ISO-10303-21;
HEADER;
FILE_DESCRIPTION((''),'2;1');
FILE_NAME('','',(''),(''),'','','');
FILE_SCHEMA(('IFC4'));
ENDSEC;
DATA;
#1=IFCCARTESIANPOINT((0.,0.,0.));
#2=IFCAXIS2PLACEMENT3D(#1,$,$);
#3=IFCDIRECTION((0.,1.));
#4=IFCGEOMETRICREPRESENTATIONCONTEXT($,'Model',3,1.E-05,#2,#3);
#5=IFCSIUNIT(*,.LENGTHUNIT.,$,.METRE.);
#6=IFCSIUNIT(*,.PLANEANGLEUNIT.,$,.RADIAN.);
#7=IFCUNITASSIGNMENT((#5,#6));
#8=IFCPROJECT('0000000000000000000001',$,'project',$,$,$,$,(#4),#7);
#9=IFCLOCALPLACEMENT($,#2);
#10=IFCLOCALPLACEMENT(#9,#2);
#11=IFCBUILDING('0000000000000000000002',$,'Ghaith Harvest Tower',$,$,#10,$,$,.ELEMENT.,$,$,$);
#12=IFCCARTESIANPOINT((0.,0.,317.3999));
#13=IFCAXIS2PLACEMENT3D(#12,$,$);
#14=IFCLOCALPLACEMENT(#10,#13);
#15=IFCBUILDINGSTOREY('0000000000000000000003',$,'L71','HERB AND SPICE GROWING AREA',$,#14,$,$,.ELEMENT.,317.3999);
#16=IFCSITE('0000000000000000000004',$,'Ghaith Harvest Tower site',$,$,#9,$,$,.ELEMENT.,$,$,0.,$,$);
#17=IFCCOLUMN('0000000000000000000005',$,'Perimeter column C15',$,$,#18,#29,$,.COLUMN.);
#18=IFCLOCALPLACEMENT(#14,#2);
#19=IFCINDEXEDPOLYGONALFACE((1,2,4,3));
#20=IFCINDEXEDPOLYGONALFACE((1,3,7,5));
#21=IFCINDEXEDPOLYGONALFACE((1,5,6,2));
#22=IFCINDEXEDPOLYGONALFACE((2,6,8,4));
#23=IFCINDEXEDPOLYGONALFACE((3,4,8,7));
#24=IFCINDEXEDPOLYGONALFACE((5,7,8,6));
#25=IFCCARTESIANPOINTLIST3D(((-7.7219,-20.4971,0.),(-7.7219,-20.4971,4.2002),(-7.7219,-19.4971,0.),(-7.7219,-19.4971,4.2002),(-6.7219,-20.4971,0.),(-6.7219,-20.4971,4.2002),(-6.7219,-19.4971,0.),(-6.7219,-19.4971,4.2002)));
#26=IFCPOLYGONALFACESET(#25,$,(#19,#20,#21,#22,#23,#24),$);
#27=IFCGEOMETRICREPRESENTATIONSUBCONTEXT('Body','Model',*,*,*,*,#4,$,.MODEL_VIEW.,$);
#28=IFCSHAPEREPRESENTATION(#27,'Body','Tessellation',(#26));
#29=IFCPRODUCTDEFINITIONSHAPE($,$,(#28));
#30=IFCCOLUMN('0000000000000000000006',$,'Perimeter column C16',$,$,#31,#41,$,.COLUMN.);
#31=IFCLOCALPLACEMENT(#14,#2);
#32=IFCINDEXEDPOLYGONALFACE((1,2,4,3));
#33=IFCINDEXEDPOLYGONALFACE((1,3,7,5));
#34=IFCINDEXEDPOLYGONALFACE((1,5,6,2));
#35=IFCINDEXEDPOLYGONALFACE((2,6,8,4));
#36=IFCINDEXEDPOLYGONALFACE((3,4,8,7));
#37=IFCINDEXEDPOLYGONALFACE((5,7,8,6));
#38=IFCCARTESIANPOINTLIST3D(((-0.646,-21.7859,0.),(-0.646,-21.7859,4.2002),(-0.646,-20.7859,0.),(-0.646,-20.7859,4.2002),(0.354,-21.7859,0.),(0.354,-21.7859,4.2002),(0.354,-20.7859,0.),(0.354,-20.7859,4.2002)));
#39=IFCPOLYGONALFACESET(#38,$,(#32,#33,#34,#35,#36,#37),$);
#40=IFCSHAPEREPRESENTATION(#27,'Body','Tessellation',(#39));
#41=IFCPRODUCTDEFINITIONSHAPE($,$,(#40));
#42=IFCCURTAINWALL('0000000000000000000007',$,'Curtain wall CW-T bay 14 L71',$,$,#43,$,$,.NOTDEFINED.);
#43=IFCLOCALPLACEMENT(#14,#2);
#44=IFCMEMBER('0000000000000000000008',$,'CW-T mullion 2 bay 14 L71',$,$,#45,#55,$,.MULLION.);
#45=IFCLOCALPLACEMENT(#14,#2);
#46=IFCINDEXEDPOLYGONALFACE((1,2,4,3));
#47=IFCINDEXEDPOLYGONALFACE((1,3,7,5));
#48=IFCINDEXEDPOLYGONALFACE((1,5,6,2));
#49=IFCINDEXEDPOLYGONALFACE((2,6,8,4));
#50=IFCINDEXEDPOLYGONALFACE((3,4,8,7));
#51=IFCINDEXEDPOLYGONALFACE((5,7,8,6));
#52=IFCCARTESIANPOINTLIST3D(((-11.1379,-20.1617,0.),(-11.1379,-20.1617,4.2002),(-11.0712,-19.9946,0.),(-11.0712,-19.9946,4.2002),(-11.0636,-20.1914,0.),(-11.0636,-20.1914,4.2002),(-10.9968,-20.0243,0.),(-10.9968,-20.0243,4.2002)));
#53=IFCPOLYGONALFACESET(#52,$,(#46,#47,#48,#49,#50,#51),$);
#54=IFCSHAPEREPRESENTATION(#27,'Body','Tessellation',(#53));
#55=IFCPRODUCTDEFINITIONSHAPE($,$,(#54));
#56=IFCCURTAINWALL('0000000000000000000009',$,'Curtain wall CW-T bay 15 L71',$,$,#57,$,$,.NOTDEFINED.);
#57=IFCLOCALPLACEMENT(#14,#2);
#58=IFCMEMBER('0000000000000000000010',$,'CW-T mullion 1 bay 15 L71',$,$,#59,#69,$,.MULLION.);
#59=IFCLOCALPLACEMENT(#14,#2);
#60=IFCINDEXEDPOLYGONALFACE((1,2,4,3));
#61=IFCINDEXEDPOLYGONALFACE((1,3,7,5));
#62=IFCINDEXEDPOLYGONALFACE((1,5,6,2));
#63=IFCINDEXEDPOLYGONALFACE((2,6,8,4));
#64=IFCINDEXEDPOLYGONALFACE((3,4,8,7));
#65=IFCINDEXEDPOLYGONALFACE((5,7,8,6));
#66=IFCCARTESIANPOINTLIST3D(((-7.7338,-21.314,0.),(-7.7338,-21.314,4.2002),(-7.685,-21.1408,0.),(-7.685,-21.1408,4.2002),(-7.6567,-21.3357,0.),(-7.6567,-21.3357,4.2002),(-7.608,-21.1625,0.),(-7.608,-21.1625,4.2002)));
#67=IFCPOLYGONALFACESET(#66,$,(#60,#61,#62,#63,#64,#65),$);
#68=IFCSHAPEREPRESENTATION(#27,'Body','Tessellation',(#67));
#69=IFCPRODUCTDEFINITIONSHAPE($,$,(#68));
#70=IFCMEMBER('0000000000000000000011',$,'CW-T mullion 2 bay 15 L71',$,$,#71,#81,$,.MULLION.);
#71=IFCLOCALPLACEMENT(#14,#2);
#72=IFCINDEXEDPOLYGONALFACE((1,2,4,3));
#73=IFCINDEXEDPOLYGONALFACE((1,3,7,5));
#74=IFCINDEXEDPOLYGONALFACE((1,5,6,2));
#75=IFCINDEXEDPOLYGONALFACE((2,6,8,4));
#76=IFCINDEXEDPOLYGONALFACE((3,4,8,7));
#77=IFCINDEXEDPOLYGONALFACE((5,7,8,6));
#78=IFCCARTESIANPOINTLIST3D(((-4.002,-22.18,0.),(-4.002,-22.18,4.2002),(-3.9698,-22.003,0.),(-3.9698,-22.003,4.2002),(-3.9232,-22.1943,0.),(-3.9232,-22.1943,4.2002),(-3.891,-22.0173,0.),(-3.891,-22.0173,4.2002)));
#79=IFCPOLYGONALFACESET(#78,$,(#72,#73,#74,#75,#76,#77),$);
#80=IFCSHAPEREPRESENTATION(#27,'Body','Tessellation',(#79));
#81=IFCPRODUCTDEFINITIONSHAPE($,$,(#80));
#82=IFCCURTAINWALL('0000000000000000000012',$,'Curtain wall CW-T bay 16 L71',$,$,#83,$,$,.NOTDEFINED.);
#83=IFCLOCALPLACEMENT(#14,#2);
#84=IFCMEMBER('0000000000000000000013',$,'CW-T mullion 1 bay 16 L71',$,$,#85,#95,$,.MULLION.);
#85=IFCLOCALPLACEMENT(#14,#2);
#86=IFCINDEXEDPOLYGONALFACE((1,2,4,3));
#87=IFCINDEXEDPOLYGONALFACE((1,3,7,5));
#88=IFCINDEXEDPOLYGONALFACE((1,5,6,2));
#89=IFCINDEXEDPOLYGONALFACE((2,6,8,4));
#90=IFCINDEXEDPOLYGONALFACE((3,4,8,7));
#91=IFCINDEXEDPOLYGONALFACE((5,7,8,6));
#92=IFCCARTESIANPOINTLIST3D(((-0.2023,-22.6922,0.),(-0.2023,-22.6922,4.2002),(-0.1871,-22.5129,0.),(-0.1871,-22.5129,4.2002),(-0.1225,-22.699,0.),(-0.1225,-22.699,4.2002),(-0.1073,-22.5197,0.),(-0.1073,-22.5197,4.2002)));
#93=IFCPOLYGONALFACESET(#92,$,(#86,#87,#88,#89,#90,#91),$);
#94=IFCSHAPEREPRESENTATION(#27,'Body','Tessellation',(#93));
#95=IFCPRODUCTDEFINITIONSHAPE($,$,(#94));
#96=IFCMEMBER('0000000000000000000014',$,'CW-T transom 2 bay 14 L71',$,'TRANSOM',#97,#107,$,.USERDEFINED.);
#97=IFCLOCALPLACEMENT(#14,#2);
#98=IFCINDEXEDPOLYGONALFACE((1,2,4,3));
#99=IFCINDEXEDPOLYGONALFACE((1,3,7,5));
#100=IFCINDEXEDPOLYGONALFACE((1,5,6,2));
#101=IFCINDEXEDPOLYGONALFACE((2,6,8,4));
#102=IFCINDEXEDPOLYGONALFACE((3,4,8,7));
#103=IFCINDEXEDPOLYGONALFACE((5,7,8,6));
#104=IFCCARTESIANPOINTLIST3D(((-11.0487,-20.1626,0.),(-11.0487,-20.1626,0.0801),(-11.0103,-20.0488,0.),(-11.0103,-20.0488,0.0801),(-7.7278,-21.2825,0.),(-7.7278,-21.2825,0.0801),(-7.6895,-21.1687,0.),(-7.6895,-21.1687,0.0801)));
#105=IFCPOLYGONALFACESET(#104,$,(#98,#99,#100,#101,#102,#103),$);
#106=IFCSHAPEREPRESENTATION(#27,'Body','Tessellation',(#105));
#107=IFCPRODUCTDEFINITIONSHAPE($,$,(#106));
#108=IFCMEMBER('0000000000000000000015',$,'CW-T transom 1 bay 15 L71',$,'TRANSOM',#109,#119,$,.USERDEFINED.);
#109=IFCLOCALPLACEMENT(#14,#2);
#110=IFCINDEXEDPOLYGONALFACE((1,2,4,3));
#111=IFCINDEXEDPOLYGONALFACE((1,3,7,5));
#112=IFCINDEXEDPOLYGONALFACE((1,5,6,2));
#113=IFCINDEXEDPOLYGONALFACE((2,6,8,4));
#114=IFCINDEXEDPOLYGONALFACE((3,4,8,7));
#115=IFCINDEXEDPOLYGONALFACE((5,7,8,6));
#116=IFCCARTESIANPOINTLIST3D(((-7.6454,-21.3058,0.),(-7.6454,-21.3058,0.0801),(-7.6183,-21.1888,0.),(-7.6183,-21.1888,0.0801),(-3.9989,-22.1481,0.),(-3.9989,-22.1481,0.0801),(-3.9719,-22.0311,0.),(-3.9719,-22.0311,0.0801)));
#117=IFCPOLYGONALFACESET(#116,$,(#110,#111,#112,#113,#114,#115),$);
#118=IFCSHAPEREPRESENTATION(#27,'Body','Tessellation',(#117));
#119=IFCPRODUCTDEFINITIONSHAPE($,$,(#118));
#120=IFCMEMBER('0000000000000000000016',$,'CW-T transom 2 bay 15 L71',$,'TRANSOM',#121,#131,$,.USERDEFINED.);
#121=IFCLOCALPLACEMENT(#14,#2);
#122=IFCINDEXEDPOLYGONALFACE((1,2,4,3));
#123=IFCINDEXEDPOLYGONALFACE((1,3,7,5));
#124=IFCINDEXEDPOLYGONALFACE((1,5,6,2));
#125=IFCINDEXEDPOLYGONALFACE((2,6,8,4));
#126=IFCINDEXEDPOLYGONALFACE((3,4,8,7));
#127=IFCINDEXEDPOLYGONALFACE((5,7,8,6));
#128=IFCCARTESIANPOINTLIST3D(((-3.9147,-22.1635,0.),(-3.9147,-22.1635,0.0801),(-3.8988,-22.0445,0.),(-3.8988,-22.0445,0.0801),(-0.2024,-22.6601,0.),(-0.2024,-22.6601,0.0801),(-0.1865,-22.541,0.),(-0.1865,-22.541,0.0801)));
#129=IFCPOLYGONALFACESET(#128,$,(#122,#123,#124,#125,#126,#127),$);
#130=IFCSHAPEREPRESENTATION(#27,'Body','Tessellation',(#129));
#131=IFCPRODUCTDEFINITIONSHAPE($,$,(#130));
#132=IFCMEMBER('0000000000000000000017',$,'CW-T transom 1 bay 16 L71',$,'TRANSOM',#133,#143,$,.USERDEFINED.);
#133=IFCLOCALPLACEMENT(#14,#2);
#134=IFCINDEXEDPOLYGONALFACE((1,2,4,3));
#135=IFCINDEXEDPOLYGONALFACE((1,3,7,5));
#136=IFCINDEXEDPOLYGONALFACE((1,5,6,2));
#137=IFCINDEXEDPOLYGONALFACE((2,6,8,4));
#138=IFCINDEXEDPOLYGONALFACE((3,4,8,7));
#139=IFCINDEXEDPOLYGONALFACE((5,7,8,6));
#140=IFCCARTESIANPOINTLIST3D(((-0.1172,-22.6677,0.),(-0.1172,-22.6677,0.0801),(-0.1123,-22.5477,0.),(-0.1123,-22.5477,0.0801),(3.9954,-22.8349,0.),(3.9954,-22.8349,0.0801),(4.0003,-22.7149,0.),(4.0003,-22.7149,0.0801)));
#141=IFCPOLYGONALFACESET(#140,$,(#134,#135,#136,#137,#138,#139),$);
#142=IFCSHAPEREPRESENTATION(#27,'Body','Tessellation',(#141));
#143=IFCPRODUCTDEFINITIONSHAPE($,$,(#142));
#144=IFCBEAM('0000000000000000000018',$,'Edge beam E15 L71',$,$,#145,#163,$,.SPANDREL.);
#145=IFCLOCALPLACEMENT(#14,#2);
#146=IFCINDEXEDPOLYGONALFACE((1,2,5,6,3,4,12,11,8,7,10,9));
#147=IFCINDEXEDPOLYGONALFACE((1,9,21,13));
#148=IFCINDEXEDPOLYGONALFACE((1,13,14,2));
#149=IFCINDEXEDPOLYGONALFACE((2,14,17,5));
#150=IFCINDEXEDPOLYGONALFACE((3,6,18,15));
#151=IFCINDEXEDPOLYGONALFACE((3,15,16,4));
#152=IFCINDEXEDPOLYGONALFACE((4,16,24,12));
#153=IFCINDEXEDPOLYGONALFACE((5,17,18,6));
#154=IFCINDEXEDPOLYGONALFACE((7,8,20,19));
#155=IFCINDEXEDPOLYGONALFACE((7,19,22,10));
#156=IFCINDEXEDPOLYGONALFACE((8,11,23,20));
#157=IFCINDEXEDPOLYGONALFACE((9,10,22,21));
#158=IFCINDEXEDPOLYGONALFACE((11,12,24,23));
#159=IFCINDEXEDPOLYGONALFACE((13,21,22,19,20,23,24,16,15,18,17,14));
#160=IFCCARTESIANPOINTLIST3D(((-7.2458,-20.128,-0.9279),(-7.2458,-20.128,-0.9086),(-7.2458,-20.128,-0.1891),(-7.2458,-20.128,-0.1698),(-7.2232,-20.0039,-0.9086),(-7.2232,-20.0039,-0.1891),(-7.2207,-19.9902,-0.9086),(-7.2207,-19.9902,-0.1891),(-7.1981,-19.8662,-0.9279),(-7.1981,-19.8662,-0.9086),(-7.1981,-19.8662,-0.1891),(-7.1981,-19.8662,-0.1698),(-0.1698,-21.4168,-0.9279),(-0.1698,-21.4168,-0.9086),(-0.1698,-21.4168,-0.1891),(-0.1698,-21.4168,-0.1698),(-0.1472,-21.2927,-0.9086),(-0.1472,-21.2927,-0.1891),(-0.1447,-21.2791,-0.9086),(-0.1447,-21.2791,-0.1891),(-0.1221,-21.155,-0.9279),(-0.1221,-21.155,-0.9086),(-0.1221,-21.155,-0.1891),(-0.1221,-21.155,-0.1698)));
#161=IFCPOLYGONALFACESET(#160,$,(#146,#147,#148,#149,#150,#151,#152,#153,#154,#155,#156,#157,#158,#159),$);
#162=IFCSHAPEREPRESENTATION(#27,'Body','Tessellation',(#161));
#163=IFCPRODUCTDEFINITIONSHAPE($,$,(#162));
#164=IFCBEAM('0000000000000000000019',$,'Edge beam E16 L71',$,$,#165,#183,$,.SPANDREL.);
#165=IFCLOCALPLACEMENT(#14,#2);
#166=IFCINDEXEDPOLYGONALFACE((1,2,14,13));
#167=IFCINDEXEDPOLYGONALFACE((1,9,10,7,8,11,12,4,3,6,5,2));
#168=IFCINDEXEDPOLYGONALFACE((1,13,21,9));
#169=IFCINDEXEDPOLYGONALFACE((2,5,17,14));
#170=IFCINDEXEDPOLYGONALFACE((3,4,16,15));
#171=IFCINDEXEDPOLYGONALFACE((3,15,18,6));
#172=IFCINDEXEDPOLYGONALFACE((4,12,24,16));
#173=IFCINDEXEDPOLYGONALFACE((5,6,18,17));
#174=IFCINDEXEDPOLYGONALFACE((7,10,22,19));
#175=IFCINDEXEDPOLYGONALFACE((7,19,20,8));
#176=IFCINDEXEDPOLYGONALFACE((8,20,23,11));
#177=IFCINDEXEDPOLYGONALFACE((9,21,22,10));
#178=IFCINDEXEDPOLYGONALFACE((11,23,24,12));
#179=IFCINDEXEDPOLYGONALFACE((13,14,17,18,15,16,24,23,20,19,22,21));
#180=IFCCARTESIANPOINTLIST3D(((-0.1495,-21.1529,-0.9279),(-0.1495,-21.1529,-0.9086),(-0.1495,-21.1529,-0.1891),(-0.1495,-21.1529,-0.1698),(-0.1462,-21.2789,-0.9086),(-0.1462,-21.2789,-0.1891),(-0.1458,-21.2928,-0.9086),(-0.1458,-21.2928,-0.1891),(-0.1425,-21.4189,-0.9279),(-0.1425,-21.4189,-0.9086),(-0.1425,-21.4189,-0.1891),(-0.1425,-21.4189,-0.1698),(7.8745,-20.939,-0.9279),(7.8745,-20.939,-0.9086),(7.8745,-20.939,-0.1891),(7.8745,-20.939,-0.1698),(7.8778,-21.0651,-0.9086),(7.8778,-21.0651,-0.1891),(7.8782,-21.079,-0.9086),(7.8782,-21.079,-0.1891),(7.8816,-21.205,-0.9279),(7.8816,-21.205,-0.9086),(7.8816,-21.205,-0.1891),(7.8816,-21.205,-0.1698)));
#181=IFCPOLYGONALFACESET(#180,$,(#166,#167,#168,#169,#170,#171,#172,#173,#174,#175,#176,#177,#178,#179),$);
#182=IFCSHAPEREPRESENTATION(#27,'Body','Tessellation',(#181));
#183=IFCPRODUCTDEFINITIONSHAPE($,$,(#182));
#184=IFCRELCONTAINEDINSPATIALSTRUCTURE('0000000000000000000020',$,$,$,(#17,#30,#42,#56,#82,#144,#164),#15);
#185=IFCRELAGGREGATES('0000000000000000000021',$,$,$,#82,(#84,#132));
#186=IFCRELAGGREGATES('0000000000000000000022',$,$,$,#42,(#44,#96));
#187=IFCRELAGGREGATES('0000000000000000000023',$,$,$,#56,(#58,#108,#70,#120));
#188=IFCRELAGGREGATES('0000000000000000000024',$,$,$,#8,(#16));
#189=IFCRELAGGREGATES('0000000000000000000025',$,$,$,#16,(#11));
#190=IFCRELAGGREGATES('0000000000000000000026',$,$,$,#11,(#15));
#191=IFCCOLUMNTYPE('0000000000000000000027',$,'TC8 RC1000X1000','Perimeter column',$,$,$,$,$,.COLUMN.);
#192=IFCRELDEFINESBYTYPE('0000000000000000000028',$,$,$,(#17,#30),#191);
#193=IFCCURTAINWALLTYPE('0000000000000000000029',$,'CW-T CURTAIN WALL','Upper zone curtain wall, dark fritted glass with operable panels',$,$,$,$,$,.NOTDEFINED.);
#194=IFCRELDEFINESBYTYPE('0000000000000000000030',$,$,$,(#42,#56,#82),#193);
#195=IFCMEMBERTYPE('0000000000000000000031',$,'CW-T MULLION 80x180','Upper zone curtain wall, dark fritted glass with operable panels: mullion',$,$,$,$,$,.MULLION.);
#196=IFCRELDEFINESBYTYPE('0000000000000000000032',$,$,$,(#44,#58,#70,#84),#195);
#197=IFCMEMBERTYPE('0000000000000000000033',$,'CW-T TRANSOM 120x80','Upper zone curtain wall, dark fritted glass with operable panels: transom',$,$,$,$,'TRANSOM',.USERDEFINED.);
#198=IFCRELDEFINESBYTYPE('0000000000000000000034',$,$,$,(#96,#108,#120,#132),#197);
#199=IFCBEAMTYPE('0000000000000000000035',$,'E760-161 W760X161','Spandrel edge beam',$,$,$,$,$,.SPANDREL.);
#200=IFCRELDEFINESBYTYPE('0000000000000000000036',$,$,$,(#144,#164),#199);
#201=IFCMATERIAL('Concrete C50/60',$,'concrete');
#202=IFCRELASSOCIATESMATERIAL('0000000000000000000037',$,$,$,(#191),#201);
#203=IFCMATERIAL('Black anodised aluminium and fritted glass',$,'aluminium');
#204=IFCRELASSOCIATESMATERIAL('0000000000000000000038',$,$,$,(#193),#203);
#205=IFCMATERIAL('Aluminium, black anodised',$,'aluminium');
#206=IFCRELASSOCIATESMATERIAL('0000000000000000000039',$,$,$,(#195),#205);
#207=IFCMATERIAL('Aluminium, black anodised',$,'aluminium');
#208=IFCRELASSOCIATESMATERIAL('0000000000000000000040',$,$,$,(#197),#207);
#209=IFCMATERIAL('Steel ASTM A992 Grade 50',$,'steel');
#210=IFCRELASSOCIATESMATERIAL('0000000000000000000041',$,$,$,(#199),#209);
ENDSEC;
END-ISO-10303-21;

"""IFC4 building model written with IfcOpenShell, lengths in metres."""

from ifc_helpers import new_model, si_unit, direction, frame, origin, origin_2d, place, context, subcontext, project, spatial, rectangle, i_section, extrude, material, material_profile, profile_set, type_object, element, aggregate, save


model = new_model("IFC4")

# Units and contexts
model_context = context("Model", 3, precision=1e-05, world=origin(), true_north=direction((0.0, 1.0)))
body_context = subcontext(model_context, "Body", "Model", "MODEL_VIEW")
ifc_project = project(units=[si_unit("LENGTHUNIT", "METRE"), si_unit("PLANEANGLEUNIT", "RADIAN")], contexts=[model_context])

# Site, building, storey
site_placement = place(None, origin())
site = spatial("IfcSite", under=ifc_project, at=site_placement, Name="Ghaith Harvest Tower site", CompositionType="ELEMENT", RefElevation=0.0)
building_placement = place(site_placement, origin())
building = spatial("IfcBuilding", under=site, at=building_placement, Name="Ghaith Harvest Tower", CompositionType="ELEMENT")
storey_placement = place(building_placement, frame((0.0, 0.0, 317.3999)))
storey = spatial("IfcBuildingStorey", under=building, at=storey_placement, Name="L71", Description="HERB AND SPICE GROWING AREA", CompositionType="ELEMENT", Elevation=317.3999)

# Columns
ifc_material_1 = material(Name="Concrete C50/60", Category="concrete")
ifc_material_profile_1 = material_profile(ifc_material_1, rectangle(XDim=1.0, YDim=1.0, at=origin_2d()), Name="RC1000X1000")
ifc_profile_set_1 = profile_set([ifc_material_profile_1], Name="Concrete C50/60")
column_type = type_object("IfcColumnType", Name="TC8 RC1000X1000", Description="Perimeter column", PredefinedType="COLUMN", material=ifc_profile_set_1)
for number, where, z_axis, x_axis, name in (
    (1, (-7.2219, -19.9971, 0.0), (0.0, 0.0, 1.0), (1.0, 0.0, 0.0), "Perimeter column C15"),
    (2, (-0.146, -21.2859, 0.0), (0.0, 0.0, 1.0), (1.0, 0.0, 0.0), "Perimeter column C16"),
):
    element("IfcColumn", number, at=place(storey_placement, frame(where, z_axis=z_axis, x_axis=x_axis)), inside=storey, type_object=column_type, Name=name, PredefinedType="COLUMN", context=body_context, shape_type="SweptSolid", body=[
        extrude(rectangle(XDim=1.0, YDim=1.0, at=origin_2d()), origin(), (0.0, 0.0, 1.0), 4.2002),
    ])

# Curtain wall, member
ifc_material_2 = material(Name="Black anodised aluminium and fritted glass", Category="aluminium")
curtain_wall_type = type_object("IfcCurtainWallType", Name="CW-T CURTAIN WALL", Description="Upper zone curtain wall, dark fritted glass with operable panels", PredefinedType="NOTDEFINED", material=ifc_material_2)
curtain_wall_1_placement = place(storey_placement, origin())
curtain_wall_1 = element("IfcCurtainWall", 3, at=curtain_wall_1_placement, inside=storey, type_object=curtain_wall_type, Name="Curtain wall CW-T bay 14 L71", PredefinedType="NOTDEFINED")
ifc_material_3 = material(Name="Aluminium, black anodised", Category="aluminium")
ifc_material_profile_2 = material_profile(ifc_material_3, rectangle(XDim=0.0801, YDim=0.1799, at=origin_2d()), Name="CW-T MULLION 80x180")
ifc_profile_set_2 = profile_set([ifc_material_profile_2], Name="Aluminium, black anodised")
member_type_1 = type_object("IfcMemberType", Name="CW-T MULLION 80x180", Description="Upper zone curtain wall, dark fritted glass with operable panels: mullion", PredefinedType="MULLION", material=ifc_profile_set_2)
member_1_placement = place(storey_placement, frame((-11.0674, -20.093, 0.0), z_axis=(0.0, 0.0, 1.0), x_axis=(0.928624, -0.371021, 0.0)))
member_1 = element("IfcMember", 4, at=member_1_placement, type_object=member_type_1, Name="CW-T mullion 2 bay 14 L71", PredefinedType="MULLION", context=body_context, shape_type="SweptSolid", body=[
    extrude(rectangle(XDim=0.0801, YDim=0.1799, at=origin_2d()), origin(), (0.0, 0.0, 1.0), 4.2002),
])

# Curtain wall, members
curtain_wall_2_placement = place(storey_placement, origin())
curtain_wall_2 = element("IfcCurtainWall", 5, at=curtain_wall_2_placement, inside=storey, type_object=curtain_wall_type, Name="Curtain wall CW-T bay 15 L71", PredefinedType="NOTDEFINED")
member_2_placement = place(storey_placement, frame((-7.6709, -21.2383, 0.0), z_axis=(0.0, 0.0, 1.0), x_axis=(0.962552, -0.271095, 0.0)))
member_2 = element("IfcMember", 6, at=member_2_placement, type_object=member_type_1, Name="CW-T mullion 1 bay 15 L71", PredefinedType="MULLION", context=body_context, shape_type="SweptSolid", body=[
    extrude(rectangle(XDim=0.0801, YDim=0.1799, at=origin_2d()), origin(), (0.0, 0.0, 1.0), 4.2002),
])
member_3_placement = place(storey_placement, frame((-3.9465, -22.0986, 0.0), z_axis=(0.0, 0.0, 1.0), x_axis=(0.983843, -0.179031, 0.0)))
member_3 = element("IfcMember", 7, at=member_3_placement, type_object=member_type_1, Name="CW-T mullion 2 bay 15 L71", PredefinedType="MULLION", context=body_context, shape_type="SweptSolid", body=[
    extrude(rectangle(XDim=0.0801, YDim=0.1799, at=origin_2d()), origin(), (0.0, 0.0, 1.0), 4.2002),
])

# Curtain wall, member
curtain_wall_3_placement = place(storey_placement, origin())
curtain_wall_3 = element("IfcCurtainWall", 8, at=curtain_wall_3_placement, inside=storey, type_object=curtain_wall_type, Name="Curtain wall CW-T bay 16 L71", PredefinedType="NOTDEFINED")
member_4_placement = place(storey_placement, frame((-0.1548, -22.606, 0.0), z_axis=(0.0, 0.0, 1.0), x_axis=(0.996415, -0.084602, 0.0)))
member_4 = element("IfcMember", 9, at=member_4_placement, type_object=member_type_1, Name="CW-T mullion 1 bay 16 L71", PredefinedType="MULLION", context=body_context, shape_type="SweptSolid", body=[
    extrude(rectangle(XDim=0.0801, YDim=0.1799, at=origin_2d()), origin(), (0.0, 0.0, 1.0), 4.2002),
])

# Members
ifc_material_4 = material(Name="Aluminium, black anodised", Category="aluminium")
ifc_material_profile_3 = material_profile(ifc_material_4, rectangle(XDim=0.1201, YDim=0.0801, at=origin_2d()), Name="CW-T TRANSOM 120x80")
ifc_profile_set_3 = profile_set([ifc_material_profile_3], Name="Aluminium, black anodised")
member_type_2 = type_object("IfcMemberType", Name="CW-T TRANSOM 120x80", Description="Upper zone curtain wall, dark fritted glass with operable panels: transom", ElementType="TRANSOM", PredefinedType="USERDEFINED", material=ifc_profile_set_3)
member_5_placement = place(storey_placement, frame((-11.0295, -20.1057, 0.04), z_axis=(0.94757, -0.319549, 0.0), x_axis=(0.319549, 0.94757, 0.0)))
member_5 = element("IfcMember", 10, at=member_5_placement, type_object=member_type_2, Name="CW-T transom 2 bay 14 L71", ObjectType="TRANSOM", PredefinedType="USERDEFINED", context=body_context, shape_type="SweptSolid", body=[
    extrude(rectangle(XDim=0.1201, YDim=0.0801, at=origin_2d()), origin(), (0.0, 0.0, 1.0), 3.5046),
])
member_6_placement = place(storey_placement, frame((-7.6318, -21.2473, 0.04), z_axis=(0.974345, -0.22506, 0.0), x_axis=(0.22506, 0.974345, 0.0)))
member_6 = element("IfcMember", 11, at=member_6_placement, type_object=member_type_2, Name="CW-T transom 1 bay 15 L71", ObjectType="TRANSOM", PredefinedType="USERDEFINED", context=body_context, shape_type="SweptSolid", body=[
    extrude(rectangle(XDim=0.1201, YDim=0.0801, at=origin_2d()), origin(), (0.0, 0.0, 1.0), 3.7424),
])
member_7_placement = place(storey_placement, frame((-3.9067, -22.104, 0.04), z_axis=(0.991172, -0.132582, 0.0), x_axis=(0.132582, 0.991172, 0.0)))
member_7 = element("IfcMember", 12, at=member_7_placement, type_object=member_type_2, Name="CW-T transom 2 bay 15 L71", ObjectType="TRANSOM", PredefinedType="USERDEFINED", context=body_context, shape_type="SweptSolid", body=[
    extrude(rectangle(XDim=0.1201, YDim=0.0801, at=origin_2d()), origin(), (0.0, 0.0, 1.0), 3.7454),
])
member_8_placement = place(storey_placement, frame((-0.1147, -22.6077, 0.04), z_axis=(0.999174, -0.040631, 0.0), x_axis=(0.040631, 0.999174, 0.0)))
member_8 = element("IfcMember", 13, at=member_8_placement, type_object=member_type_2, Name="CW-T transom 1 bay 16 L71", ObjectType="TRANSOM", PredefinedType="USERDEFINED", context=body_context, shape_type="SweptSolid", body=[
    extrude(rectangle(XDim=0.1201, YDim=0.0801, at=origin_2d()), origin(), (0.0, 0.0, 1.0), 4.116),
])
aggregate(curtain_wall_3, [member_4, member_8])

# Beams
ifc_material_5 = material(Name="Steel ASTM A992 Grade 50", Category="steel")
ifc_material_profile_4 = material_profile(ifc_material_5, i_section(OverallWidth=0.2661, OverallDepth=0.7581, WebThickness=0.0139, FlangeThickness=0.0193, at=origin_2d()), Name="W760X161")
ifc_profile_set_4 = profile_set([ifc_material_profile_4], Name="Steel ASTM A992 Grade 50")
beam_type_1 = type_object("IfcBeamType", Name="E760-161 W760X161", Description="Spandrel edge beam", PredefinedType="SPANDREL", material=ifc_profile_set_4)
beam_1_placement = place(storey_placement, frame((-7.2219, -19.9971, -0.5488), z_axis=(0.983814, -0.179193, 0.0), x_axis=(0.179193, 0.983814, 0.0)))
element("IfcBeam", 14, at=beam_1_placement, inside=storey, type_object=beam_type_1, Name="Edge beam E15 L71", PredefinedType="SPANDREL", context=body_context, shape_type="SweptSolid", body=[
    extrude(i_section(OverallWidth=0.2661, OverallDepth=0.7581, WebThickness=0.0139, FlangeThickness=0.0193, at=origin_2d()), origin(), (0.0, 0.0, 1.0), 7.1924),
])
beam_2_placement = place(storey_placement, frame((-0.146, -21.2859, -0.5488), z_axis=(0.999645, 0.026644, 0.0), x_axis=(-0.026644, 0.999645, 0.0)))
element("IfcBeam", 15, at=beam_2_placement, inside=storey, type_object=beam_type_1, Name="Edge beam E16 L71", PredefinedType="SPANDREL", context=body_context, shape_type="SweptSolid", body=[
    extrude(i_section(OverallWidth=0.2661, OverallDepth=0.7581, WebThickness=0.0139, FlangeThickness=0.0193, at=origin_2d()), origin(), (0.0, 0.0, 1.0), 8.0269),
])

aggregate(curtain_wall_1, [member_1, member_5])
aggregate(curtain_wall_2, [member_2, member_6, member_3, member_7])

save(model, "model.ifc")
